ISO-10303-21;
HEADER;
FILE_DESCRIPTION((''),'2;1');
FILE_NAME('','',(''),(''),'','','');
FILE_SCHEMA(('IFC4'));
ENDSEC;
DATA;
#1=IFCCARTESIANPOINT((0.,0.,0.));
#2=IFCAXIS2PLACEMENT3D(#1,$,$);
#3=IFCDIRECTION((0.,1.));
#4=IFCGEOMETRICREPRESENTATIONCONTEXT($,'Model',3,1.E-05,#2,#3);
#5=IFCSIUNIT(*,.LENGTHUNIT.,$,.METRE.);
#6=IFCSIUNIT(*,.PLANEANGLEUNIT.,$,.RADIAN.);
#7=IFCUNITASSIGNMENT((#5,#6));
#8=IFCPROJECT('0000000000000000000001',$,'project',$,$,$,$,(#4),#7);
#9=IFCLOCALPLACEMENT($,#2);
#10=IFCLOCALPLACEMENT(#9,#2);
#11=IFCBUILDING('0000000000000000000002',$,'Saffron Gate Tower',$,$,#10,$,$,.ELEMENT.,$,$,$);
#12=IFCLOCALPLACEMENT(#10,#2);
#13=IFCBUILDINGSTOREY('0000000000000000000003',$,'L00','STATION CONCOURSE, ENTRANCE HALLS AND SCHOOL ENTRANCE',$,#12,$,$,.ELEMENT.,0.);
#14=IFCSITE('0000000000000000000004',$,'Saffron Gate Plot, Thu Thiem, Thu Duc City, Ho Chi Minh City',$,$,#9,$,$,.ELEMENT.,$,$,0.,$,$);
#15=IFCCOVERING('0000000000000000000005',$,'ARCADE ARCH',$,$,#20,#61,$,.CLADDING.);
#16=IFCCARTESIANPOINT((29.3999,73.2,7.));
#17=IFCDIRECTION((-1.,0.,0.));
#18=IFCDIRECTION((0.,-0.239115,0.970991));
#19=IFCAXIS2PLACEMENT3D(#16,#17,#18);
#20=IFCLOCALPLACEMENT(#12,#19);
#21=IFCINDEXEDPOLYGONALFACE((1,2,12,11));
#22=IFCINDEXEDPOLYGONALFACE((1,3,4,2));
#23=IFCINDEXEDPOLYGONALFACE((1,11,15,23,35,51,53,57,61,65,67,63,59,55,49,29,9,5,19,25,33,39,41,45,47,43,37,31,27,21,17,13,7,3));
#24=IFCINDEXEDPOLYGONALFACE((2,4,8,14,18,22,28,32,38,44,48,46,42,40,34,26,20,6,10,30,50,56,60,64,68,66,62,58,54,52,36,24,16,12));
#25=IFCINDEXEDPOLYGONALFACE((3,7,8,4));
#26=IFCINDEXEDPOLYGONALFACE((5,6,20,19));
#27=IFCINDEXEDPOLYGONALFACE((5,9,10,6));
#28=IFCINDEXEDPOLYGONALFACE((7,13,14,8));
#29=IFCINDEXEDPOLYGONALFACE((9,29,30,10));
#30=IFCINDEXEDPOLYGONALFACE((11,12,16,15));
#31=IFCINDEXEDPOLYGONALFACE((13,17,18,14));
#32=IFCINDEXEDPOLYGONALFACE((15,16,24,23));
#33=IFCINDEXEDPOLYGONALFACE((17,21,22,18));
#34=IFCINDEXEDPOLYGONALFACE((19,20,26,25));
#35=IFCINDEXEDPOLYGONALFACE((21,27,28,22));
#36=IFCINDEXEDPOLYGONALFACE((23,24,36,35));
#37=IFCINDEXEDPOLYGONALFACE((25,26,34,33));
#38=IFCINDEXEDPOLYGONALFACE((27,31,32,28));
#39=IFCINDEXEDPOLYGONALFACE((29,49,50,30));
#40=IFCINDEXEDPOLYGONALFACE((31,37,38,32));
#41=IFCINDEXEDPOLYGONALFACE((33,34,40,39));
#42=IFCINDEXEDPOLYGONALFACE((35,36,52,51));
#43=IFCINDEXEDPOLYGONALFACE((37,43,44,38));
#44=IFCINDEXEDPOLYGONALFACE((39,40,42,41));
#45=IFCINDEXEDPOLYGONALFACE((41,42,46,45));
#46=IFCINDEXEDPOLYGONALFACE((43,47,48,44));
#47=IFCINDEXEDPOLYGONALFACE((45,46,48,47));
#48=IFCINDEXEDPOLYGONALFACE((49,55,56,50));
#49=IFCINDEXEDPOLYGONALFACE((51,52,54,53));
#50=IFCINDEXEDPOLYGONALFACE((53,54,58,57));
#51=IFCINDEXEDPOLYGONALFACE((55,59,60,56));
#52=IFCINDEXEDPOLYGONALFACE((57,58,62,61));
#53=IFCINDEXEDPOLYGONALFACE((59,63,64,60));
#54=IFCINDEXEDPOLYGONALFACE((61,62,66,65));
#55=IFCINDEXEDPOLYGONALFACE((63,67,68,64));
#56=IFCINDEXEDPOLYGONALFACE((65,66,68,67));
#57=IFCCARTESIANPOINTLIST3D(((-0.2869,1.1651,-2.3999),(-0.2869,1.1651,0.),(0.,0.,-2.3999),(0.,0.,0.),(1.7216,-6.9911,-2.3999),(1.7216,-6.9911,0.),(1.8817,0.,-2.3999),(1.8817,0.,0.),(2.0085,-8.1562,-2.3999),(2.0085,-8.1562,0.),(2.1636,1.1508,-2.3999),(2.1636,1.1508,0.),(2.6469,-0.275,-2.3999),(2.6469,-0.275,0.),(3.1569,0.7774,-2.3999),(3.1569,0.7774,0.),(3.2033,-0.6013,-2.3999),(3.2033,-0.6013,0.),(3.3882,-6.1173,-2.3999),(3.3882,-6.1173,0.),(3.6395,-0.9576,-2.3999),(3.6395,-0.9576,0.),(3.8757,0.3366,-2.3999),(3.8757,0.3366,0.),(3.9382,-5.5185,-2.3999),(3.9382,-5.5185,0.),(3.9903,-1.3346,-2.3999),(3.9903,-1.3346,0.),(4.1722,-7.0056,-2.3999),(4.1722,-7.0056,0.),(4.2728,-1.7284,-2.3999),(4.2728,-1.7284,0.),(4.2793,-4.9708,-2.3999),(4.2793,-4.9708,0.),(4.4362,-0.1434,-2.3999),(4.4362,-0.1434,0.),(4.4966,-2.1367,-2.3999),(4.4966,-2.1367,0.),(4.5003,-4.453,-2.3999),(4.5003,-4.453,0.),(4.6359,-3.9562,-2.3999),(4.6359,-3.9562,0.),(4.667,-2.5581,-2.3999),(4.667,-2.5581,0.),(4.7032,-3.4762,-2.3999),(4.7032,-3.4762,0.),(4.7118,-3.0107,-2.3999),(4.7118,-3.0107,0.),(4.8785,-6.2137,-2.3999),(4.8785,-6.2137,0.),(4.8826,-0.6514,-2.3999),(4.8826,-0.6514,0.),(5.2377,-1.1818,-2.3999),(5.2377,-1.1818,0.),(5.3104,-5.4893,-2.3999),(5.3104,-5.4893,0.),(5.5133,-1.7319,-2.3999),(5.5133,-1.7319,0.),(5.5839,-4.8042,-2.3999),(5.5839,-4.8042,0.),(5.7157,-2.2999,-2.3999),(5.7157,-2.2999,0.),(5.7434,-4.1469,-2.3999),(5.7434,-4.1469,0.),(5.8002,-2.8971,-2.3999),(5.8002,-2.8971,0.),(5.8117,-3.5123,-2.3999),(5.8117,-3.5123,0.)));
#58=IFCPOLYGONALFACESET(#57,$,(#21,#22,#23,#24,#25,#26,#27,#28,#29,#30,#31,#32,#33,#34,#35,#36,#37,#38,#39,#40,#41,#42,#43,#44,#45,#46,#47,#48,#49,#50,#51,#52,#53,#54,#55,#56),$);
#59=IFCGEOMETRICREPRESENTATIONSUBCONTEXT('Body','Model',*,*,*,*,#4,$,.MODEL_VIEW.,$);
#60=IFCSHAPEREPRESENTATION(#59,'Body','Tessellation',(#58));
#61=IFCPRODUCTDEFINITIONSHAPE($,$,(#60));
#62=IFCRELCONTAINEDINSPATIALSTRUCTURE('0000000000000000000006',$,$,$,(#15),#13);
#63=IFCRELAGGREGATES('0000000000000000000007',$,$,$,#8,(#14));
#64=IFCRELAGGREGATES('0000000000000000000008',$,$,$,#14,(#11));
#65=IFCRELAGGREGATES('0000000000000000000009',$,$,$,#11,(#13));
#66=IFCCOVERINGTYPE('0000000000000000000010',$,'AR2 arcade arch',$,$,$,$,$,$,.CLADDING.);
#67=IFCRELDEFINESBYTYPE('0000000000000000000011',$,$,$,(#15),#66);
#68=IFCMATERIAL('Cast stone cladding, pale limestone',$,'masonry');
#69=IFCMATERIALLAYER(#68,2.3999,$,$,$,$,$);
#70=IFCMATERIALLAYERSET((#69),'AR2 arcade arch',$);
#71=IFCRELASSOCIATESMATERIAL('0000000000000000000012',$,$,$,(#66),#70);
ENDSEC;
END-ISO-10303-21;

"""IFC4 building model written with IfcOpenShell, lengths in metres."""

from ifc_helpers import new_model, si_unit, direction, frame, origin, place, context, subcontext, project, spatial, polyline, outline, extrude, material, layer, layer_set, type_object, element, save


model = new_model("IFC4")

# Units and contexts
model_context = context("Model", 3, precision=1e-05, world=origin(), true_north=direction((0.0, 1.0)))
body_context = subcontext(model_context, "Body", "Model", "MODEL_VIEW")
ifc_project = project(units=[si_unit("LENGTHUNIT", "METRE"), si_unit("PLANEANGLEUNIT", "RADIAN")], contexts=[model_context])

# Site, building, storey
site_placement = place(None, origin())
site = spatial("IfcSite", under=ifc_project, at=site_placement, Name="Saffron Gate Plot, Thu Thiem, Thu Duc City, Ho Chi Minh City", CompositionType="ELEMENT", RefElevation=0.0)
building_placement = place(site_placement, origin())
building = spatial("IfcBuilding", under=site, at=building_placement, Name="Saffron Gate Tower", CompositionType="ELEMENT")
storey_placement = place(building_placement, origin())
storey = spatial("IfcBuildingStorey", under=building, at=storey_placement, Name="L00", Description="STATION CONCOURSE, ENTRANCE HALLS AND SCHOOL ENTRANCE", CompositionType="ELEMENT", Elevation=0.0)

# Covering
ifc_material_1 = material(Name="Cast stone cladding, pale limestone", Category="masonry")
ifc_layer_1 = layer(ifc_material_1, 2.3999)
ifc_layer_set_1 = layer_set([ifc_layer_1], Name="AR2 arcade arch")
covering_type = type_object("IfcCoveringType", Name="AR2 arcade arch", PredefinedType="CLADDING", material=ifc_layer_set_1)
covering_placement = place(storey_placement, frame((29.3999, 73.2, 7.0), z_axis=(-1.0, 0.0, 0.0), x_axis=(0.0, -0.239115, 0.970991)))
element("IfcCovering", 1, at=covering_placement, inside=storey, type_object=covering_type, Name="ARCADE ARCH", PredefinedType="CLADDING", context=body_context, shape_type="SweptSolid", body=[
    extrude(outline(polyline([(0.0, 0.0), (1.8817, 0.0), (2.6469, -0.275), (3.2033, -0.6013), (3.6395, -0.9576), (3.9903, -1.3346), (4.2728, -1.7284), (4.4966, -2.1367), (4.667, -2.5581), (4.7118, -3.0107), (4.7032, -3.4762), (4.6359, -3.9562), (4.5003, -4.453), (4.2793, -4.9708), (3.9382, -5.5185), (3.3882, -6.1173), (1.7216, -6.9911), (2.0085, -8.1562), (4.1722, -7.0056), (4.8785, -6.2137), (5.3104, -5.4893), (5.5839, -4.8042), (5.7434, -4.1469), (5.8117, -3.5123), (5.8002, -2.8971), (5.7157, -2.2999), (5.5133, -1.7319), (5.2377, -1.1818), (4.8826, -0.6514), (4.4362, -0.1434), (3.8757, 0.3366), (3.1569, 0.7774), (2.1636, 1.1508), (-0.2869, 1.1651), (0.0, 0.0)])), origin(), (0.0, 0.0, -1.0), 2.3999),
])

save(model, "model.ifc")
